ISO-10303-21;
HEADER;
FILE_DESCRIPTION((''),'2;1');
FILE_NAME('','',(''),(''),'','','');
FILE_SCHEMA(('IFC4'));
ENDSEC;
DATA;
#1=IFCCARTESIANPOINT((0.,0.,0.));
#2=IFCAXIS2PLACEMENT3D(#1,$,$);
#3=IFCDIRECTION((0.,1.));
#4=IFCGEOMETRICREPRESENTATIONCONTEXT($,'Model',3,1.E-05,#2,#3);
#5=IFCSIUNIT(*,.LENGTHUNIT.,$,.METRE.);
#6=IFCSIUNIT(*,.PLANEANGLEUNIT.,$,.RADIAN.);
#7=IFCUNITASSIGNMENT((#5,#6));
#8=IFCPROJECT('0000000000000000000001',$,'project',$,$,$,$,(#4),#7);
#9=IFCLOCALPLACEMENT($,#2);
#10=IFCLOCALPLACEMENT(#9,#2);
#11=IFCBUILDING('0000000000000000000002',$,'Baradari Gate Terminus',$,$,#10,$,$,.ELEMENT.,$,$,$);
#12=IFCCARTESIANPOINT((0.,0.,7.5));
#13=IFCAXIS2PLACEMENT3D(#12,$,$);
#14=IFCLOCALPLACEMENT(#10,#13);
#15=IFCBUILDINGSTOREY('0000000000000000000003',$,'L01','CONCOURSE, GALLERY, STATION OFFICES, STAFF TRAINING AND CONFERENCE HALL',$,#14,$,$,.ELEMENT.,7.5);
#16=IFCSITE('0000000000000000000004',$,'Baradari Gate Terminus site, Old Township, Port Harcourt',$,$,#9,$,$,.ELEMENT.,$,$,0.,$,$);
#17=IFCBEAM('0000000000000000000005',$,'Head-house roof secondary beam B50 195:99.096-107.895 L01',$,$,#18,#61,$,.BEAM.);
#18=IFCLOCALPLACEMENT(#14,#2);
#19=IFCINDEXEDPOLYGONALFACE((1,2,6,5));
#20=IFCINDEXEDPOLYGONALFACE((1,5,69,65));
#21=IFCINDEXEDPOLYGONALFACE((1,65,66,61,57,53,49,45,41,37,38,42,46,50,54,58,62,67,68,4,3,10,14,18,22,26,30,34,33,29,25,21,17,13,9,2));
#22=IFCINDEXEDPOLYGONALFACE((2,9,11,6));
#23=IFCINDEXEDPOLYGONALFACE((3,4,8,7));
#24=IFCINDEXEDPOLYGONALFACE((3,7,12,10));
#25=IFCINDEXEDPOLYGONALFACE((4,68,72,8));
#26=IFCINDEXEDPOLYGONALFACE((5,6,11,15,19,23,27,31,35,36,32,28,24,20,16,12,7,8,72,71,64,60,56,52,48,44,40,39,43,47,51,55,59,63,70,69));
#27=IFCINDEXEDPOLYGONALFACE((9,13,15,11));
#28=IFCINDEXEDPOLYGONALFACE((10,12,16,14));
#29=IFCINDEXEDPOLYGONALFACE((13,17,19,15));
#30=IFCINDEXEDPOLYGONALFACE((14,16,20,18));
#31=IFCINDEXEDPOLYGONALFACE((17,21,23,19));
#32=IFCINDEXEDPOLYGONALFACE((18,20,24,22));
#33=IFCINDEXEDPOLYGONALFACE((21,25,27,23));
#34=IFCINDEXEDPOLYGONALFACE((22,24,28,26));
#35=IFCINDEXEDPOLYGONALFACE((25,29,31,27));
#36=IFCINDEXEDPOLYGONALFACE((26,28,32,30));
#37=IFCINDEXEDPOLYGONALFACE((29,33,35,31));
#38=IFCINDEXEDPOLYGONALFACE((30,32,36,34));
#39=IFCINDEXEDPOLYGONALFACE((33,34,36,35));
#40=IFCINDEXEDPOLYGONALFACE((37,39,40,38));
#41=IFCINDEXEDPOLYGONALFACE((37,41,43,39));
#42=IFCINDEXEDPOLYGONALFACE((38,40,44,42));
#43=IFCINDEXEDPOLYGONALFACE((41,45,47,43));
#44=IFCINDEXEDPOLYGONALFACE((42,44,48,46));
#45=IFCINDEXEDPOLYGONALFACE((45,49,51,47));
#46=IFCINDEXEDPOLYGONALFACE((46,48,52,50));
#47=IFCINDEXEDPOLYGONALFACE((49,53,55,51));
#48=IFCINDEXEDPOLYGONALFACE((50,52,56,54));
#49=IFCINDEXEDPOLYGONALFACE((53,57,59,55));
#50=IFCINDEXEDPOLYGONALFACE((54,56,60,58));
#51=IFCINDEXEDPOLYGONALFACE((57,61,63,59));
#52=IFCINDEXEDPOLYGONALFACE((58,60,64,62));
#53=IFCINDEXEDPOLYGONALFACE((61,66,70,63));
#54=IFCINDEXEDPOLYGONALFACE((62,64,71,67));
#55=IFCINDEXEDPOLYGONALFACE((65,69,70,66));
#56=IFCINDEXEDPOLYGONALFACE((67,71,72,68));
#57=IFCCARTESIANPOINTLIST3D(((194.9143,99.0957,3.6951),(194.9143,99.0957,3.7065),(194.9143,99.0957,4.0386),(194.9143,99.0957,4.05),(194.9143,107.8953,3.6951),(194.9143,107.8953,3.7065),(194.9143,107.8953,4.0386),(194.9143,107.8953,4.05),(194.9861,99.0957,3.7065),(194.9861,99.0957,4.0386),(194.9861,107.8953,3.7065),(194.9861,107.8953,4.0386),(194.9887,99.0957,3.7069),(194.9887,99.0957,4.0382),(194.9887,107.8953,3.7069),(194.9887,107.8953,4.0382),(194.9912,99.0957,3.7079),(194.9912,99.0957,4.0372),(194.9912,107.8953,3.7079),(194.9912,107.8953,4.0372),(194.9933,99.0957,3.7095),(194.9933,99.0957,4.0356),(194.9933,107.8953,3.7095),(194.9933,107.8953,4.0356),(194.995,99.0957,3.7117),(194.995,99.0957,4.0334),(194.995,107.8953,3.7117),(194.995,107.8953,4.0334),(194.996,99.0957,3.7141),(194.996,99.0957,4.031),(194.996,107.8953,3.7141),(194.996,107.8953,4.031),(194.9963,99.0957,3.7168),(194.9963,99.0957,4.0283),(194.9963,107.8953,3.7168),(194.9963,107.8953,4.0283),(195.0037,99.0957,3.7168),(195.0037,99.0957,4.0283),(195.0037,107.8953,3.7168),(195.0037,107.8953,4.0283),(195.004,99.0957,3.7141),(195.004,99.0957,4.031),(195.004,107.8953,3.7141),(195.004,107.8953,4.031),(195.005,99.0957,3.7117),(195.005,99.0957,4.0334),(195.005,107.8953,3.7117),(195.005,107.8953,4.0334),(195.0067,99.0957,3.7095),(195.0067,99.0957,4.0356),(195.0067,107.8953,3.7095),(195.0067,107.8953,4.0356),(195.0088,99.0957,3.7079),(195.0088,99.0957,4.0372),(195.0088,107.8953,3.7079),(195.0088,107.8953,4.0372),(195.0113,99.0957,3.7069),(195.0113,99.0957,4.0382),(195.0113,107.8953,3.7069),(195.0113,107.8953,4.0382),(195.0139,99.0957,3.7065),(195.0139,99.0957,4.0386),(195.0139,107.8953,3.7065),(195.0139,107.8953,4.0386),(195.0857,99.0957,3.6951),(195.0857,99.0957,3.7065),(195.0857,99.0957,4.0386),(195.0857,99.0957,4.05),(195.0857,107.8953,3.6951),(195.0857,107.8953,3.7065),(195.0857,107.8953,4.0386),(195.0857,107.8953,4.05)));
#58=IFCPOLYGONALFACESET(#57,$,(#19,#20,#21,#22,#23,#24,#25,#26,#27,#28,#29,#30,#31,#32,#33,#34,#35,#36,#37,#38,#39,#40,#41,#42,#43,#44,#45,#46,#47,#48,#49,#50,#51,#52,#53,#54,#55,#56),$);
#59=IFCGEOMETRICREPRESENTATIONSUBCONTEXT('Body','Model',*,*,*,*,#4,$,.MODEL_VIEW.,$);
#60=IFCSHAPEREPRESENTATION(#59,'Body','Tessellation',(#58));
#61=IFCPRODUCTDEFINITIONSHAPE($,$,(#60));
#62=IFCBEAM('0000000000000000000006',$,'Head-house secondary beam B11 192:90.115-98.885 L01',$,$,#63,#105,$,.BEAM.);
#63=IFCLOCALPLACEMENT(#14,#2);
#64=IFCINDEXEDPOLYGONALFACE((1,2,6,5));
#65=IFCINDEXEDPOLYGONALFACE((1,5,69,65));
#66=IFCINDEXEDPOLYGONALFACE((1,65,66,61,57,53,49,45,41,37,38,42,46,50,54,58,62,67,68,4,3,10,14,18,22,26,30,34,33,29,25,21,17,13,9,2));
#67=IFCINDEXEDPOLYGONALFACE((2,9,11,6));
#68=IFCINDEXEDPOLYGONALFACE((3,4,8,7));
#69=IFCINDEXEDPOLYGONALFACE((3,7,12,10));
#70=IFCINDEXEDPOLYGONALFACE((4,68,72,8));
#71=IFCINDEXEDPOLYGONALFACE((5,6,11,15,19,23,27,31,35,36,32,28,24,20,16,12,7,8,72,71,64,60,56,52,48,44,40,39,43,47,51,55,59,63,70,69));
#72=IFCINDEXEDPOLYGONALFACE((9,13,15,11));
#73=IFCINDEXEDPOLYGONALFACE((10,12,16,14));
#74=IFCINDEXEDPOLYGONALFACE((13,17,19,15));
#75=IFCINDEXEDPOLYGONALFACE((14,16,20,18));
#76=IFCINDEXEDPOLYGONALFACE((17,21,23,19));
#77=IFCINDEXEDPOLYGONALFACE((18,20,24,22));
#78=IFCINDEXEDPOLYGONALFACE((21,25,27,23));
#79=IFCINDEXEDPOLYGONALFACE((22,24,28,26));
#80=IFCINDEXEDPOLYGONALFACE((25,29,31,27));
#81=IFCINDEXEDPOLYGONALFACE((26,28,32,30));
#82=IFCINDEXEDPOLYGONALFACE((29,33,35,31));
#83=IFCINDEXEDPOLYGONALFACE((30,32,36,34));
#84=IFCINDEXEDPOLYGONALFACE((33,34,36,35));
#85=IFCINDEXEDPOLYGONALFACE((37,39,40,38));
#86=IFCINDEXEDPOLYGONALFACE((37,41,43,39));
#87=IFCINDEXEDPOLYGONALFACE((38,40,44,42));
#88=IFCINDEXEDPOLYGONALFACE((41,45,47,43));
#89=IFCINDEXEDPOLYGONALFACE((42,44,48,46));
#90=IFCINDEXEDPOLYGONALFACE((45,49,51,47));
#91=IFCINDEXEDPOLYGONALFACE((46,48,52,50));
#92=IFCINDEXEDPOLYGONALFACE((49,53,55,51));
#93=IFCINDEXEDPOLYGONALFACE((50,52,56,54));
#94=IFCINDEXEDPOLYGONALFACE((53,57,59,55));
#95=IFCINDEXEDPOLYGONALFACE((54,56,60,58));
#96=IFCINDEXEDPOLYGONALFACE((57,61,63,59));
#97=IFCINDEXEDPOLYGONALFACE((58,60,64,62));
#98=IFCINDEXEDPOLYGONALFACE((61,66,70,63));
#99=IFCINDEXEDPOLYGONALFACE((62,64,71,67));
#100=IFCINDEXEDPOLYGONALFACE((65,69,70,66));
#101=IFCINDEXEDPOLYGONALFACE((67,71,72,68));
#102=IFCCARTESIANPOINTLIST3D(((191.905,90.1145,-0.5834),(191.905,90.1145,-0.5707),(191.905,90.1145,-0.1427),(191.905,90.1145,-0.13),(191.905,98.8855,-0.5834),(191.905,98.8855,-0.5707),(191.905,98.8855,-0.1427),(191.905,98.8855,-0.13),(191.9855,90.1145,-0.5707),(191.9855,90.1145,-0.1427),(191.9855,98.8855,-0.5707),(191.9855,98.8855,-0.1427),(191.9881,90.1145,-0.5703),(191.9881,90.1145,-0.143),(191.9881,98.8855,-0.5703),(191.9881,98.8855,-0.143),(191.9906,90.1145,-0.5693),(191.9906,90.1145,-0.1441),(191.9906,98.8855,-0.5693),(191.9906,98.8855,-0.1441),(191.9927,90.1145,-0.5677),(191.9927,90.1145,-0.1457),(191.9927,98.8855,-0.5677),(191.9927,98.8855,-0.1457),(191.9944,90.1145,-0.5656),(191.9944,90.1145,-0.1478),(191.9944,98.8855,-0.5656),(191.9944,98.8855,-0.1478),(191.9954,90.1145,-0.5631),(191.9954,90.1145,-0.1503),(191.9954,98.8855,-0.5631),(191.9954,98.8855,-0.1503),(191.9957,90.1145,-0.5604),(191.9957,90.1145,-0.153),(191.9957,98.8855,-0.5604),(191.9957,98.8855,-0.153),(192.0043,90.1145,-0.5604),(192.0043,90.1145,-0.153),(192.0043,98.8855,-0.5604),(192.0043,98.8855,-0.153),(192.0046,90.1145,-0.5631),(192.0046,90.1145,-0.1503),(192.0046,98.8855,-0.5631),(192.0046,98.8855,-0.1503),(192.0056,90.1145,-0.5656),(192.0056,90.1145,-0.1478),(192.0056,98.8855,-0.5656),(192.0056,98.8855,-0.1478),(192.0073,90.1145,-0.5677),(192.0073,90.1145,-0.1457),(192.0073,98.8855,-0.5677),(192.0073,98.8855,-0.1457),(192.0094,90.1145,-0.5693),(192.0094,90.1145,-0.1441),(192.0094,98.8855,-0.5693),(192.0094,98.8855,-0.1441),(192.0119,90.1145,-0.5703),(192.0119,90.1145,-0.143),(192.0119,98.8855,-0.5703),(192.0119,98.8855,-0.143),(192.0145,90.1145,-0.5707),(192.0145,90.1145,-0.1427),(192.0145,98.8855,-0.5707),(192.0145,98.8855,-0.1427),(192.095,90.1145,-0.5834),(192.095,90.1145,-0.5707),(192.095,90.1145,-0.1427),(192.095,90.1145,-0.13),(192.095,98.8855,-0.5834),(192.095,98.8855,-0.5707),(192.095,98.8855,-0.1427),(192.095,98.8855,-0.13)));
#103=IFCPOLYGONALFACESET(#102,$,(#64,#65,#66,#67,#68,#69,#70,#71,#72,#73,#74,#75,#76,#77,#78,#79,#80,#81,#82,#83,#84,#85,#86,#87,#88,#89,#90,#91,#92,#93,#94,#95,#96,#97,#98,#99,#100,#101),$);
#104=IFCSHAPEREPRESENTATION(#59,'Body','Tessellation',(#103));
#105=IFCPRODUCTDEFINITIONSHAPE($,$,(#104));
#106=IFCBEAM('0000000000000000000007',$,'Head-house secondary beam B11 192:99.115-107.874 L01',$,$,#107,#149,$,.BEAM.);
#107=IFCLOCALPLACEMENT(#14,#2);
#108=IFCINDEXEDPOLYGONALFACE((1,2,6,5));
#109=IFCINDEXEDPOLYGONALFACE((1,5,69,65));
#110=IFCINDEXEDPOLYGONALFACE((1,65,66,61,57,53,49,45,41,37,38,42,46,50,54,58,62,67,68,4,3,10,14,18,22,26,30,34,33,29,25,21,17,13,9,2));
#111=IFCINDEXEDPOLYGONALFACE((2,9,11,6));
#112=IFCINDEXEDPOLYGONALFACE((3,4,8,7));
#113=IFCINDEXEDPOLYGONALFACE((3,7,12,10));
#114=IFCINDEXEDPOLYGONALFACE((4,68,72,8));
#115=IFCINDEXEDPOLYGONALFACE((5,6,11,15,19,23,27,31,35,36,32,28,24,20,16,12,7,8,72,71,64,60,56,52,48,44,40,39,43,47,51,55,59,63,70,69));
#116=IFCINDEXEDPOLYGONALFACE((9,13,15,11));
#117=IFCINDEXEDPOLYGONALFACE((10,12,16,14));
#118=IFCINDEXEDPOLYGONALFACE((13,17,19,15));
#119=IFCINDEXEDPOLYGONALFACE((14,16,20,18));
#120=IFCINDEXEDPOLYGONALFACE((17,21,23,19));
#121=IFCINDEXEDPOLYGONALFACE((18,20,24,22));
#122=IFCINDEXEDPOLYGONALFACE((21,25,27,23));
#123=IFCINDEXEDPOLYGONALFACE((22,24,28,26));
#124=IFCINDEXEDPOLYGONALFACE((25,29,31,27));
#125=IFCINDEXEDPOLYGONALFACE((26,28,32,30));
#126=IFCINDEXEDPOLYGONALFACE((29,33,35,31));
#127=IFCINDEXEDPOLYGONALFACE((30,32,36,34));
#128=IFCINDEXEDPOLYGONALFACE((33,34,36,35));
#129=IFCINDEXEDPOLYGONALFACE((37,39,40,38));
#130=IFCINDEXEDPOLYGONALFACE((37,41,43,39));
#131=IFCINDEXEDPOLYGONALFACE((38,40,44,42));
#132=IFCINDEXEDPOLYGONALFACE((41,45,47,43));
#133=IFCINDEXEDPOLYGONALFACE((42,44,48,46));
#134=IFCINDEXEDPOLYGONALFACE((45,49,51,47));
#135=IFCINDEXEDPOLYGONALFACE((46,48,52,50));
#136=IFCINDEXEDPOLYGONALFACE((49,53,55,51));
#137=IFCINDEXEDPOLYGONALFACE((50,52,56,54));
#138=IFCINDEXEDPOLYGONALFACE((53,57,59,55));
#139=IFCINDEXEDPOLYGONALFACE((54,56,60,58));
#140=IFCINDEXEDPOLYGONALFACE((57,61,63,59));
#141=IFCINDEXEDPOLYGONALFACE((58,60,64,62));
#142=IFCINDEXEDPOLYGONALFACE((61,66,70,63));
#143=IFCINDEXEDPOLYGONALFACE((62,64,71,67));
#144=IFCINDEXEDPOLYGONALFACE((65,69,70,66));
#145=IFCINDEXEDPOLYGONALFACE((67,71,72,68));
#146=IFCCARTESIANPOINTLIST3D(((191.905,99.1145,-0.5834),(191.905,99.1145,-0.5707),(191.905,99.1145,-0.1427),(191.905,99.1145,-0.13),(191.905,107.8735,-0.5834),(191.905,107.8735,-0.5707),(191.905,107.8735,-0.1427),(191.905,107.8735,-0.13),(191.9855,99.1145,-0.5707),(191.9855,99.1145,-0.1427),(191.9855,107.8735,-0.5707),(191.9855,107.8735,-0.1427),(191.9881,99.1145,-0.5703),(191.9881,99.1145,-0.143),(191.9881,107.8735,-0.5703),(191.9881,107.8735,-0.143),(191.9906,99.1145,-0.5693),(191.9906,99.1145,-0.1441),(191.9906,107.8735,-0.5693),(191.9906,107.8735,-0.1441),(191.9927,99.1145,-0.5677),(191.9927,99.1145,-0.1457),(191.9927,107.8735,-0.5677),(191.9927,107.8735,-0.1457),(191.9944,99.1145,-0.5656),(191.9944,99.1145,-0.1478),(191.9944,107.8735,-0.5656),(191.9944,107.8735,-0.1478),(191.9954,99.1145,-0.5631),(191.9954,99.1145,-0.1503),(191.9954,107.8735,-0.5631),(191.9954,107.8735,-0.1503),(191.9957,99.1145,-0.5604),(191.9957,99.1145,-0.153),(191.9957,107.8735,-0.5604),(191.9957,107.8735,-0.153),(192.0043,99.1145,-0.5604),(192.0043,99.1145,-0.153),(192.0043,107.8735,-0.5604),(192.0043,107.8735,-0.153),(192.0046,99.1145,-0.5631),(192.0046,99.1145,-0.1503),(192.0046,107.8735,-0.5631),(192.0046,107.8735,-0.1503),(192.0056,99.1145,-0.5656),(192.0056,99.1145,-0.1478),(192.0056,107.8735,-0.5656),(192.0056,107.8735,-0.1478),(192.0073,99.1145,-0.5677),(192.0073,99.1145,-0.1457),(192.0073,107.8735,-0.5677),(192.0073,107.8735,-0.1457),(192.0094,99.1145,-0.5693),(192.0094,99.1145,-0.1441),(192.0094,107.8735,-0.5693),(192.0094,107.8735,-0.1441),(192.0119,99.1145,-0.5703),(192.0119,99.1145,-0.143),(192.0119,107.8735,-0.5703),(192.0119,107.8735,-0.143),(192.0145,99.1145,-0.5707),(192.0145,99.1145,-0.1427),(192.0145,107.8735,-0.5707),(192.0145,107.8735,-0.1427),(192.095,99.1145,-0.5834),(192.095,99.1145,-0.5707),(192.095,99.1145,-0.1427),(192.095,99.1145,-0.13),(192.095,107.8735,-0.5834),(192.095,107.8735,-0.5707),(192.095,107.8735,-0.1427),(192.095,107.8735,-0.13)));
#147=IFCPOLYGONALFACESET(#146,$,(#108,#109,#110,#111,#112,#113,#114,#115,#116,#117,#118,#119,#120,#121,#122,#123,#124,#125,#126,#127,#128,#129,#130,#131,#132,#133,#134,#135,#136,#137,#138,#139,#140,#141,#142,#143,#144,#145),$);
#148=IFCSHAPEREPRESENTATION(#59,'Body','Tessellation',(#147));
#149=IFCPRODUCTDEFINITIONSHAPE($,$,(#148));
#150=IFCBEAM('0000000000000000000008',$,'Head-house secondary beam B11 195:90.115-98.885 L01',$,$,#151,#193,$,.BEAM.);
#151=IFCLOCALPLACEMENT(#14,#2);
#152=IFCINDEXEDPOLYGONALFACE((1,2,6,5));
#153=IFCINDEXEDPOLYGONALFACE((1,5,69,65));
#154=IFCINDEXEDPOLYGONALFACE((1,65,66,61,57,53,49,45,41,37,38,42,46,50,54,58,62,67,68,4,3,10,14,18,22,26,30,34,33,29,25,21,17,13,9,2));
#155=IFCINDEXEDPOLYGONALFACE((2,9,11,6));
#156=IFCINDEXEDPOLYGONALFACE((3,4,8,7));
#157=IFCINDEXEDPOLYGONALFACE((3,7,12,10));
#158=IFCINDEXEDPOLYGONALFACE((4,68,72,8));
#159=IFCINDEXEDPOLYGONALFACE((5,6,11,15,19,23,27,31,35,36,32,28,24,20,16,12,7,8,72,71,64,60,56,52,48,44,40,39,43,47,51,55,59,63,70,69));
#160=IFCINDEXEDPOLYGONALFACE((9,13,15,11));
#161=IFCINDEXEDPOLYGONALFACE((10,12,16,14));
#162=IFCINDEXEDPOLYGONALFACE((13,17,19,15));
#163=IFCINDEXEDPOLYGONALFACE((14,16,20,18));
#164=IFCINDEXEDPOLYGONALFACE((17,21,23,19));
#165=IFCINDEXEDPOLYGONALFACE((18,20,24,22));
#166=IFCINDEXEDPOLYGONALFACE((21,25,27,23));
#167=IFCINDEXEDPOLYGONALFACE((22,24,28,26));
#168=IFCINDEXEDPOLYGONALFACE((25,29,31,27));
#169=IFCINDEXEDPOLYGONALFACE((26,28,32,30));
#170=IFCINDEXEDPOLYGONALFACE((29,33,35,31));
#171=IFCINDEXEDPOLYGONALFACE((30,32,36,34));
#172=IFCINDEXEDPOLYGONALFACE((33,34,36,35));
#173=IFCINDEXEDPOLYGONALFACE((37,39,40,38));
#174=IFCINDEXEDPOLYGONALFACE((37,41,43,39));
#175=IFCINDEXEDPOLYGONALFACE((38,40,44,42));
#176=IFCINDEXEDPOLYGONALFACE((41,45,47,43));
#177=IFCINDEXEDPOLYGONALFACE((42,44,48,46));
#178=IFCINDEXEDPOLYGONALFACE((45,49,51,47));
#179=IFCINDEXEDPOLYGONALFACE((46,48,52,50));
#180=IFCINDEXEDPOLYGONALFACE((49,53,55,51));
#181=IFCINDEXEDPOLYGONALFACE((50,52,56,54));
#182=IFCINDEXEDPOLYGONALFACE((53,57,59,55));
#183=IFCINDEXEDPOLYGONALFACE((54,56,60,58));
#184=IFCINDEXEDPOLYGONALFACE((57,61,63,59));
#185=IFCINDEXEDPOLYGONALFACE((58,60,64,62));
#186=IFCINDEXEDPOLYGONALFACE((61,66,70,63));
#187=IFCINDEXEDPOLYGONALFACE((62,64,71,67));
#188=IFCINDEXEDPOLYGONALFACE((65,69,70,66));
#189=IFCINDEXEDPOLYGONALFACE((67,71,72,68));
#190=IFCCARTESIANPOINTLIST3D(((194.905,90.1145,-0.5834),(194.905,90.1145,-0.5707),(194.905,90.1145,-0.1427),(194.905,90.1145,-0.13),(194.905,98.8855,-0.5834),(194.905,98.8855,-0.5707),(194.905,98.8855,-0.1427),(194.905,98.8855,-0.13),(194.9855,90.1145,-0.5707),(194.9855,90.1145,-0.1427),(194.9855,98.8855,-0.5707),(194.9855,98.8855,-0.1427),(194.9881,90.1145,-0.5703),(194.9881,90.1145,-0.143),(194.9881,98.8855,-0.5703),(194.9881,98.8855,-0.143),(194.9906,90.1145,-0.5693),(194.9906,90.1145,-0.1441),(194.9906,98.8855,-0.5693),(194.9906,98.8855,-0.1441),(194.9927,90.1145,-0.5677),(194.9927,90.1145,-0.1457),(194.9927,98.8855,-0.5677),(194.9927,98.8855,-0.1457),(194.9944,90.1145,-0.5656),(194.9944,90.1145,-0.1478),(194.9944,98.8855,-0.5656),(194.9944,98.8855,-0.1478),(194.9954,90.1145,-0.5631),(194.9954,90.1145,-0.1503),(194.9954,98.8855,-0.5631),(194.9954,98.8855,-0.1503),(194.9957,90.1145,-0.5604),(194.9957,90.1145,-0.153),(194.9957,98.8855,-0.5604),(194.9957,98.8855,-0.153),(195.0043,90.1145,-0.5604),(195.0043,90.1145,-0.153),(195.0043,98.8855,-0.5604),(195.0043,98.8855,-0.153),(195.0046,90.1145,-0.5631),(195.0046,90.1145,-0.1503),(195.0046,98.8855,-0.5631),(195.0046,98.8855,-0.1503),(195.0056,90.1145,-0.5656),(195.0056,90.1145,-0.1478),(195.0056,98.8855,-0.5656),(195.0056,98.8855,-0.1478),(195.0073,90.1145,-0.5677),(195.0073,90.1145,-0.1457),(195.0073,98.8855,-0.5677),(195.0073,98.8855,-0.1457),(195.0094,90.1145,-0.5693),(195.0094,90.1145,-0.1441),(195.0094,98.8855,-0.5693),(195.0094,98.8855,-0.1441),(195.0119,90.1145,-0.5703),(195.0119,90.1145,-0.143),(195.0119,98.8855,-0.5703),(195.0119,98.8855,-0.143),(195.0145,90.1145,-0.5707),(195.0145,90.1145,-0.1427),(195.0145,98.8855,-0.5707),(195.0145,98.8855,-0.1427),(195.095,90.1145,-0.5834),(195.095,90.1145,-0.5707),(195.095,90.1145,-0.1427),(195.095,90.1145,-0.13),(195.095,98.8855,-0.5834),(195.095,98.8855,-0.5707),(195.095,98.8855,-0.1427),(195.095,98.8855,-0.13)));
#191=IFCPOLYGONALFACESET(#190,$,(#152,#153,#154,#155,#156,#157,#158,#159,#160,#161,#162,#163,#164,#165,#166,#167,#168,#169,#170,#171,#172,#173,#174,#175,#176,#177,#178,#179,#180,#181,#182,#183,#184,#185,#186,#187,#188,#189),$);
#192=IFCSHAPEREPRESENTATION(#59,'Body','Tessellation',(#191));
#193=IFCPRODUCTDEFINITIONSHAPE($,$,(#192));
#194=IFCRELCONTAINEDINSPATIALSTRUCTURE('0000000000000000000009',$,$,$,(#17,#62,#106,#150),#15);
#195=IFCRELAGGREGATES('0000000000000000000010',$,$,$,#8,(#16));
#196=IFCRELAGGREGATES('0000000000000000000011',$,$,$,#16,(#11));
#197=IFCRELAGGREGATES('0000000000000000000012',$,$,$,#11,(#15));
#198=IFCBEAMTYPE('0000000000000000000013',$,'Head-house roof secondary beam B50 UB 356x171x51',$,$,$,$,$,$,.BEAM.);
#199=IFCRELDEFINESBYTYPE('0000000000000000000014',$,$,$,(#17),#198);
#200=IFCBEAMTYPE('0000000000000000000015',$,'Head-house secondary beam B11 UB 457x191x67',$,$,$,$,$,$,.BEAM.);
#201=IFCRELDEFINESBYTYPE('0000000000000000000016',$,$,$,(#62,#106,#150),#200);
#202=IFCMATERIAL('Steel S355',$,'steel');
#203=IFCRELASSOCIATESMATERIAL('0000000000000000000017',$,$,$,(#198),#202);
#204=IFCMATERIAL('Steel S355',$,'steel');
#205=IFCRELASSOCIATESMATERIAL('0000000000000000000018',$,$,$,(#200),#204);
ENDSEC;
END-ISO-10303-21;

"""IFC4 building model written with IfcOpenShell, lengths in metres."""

from ifc_helpers import new_model, si_unit, direction, frame, origin, origin_2d, place, context, subcontext, project, spatial, i_section, extrude, material, material_profile, profile_set, type_object, element, save


model = new_model("IFC4")

# Units and contexts
model_context = context("Model", 3, precision=1e-05, world=origin(), true_north=direction((0.0, 1.0)))
body_context = subcontext(model_context, "Body", "Model", "MODEL_VIEW")
ifc_project = project(units=[si_unit("LENGTHUNIT", "METRE"), si_unit("PLANEANGLEUNIT", "RADIAN")], contexts=[model_context])

# Site, building, storey
site_placement = place(None, origin())
site = spatial("IfcSite", under=ifc_project, at=site_placement, Name="Baradari Gate Terminus site, Old Township, Port Harcourt", CompositionType="ELEMENT", RefElevation=0.0)
building_placement = place(site_placement, origin())
building = spatial("IfcBuilding", under=site, at=building_placement, Name="Baradari Gate Terminus", CompositionType="ELEMENT")
storey_placement = place(building_placement, frame((0.0, 0.0, 7.5)))
storey = spatial("IfcBuildingStorey", under=building, at=storey_placement, Name="L01", Description="CONCOURSE, GALLERY, STATION OFFICES, STAFF TRAINING AND CONFERENCE HALL", CompositionType="ELEMENT", Elevation=7.5)

# Beams
ifc_material_1 = material(Name="Steel S355", Category="steel")
ifc_material_profile_1 = material_profile(ifc_material_1, i_section(OverallWidth=0.1714, OverallDepth=0.355, WebThickness=0.0073, FlangeThickness=0.0115, FilletRadius=0.0103, at=origin_2d()), Name="UB 356x171x51")
ifc_profile_set_1 = profile_set([ifc_material_profile_1], Name="Steel S355")
beam_type_1 = type_object("IfcBeamType", Name="Head-house roof secondary beam B50 UB 356x171x51", PredefinedType="BEAM", material=ifc_profile_set_1)
for number, where, z_axis, x_axis, name in (
    (1, (195.0, 99.0957, 3.8726), (0.0, 1.0, 0.0), (-1.0, 0.0, 0.0), "Head-house roof secondary beam B50 195:99.096-107.895 L01"),
):
    element("IfcBeam", number, at=place(storey_placement, frame(where, z_axis=z_axis, x_axis=x_axis)), inside=storey, type_object=beam_type_1, Name=name, PredefinedType="BEAM", context=body_context, shape_type="SweptSolid", body=[
        extrude(i_section(OverallWidth=0.1714, OverallDepth=0.355, WebThickness=0.0073, FlangeThickness=0.0115, FilletRadius=0.0103, at=origin_2d()), origin(), (0.0, 0.0, 1.0), 8.7996),
    ])
ifc_material_2 = material(Name="Steel S355", Category="steel")
ifc_material_profile_2 = material_profile(ifc_material_2, i_section(OverallWidth=0.1899, OverallDepth=0.4534, WebThickness=0.0085, FlangeThickness=0.0127, FilletRadius=0.0103, at=origin_2d()), Name="UB 457x191x67")
ifc_profile_set_2 = profile_set([ifc_material_profile_2], Name="Steel S355")
beam_type_2 = type_object("IfcBeamType", Name="Head-house secondary beam B11 UB 457x191x67", PredefinedType="BEAM", material=ifc_profile_set_2)
beam_1_placement = place(storey_placement, frame((192.0, 90.1145, -0.3567), z_axis=(0.0, 1.0, 0.0), x_axis=(-1.0, 0.0, 0.0)))
element("IfcBeam", 2, at=beam_1_placement, inside=storey, type_object=beam_type_2, Name="Head-house secondary beam B11 192:90.115-98.885 L01", PredefinedType="BEAM", context=body_context, shape_type="SweptSolid", body=[
    extrude(i_section(OverallWidth=0.1899, OverallDepth=0.4534, WebThickness=0.0085, FlangeThickness=0.0127, FilletRadius=0.0103, at=origin_2d()), origin(), (0.0, 0.0, 1.0), 8.771),
])
beam_2_placement = place(storey_placement, frame((192.0, 99.1145, -0.3567), z_axis=(0.0, 1.0, 0.0), x_axis=(-1.0, 0.0, 0.0)))
element("IfcBeam", 3, at=beam_2_placement, inside=storey, type_object=beam_type_2, Name="Head-house secondary beam B11 192:99.115-107.874 L01", PredefinedType="BEAM", context=body_context, shape_type="SweptSolid", body=[
    extrude(i_section(OverallWidth=0.1899, OverallDepth=0.4534, WebThickness=0.0085, FlangeThickness=0.0127, FilletRadius=0.0103, at=origin_2d()), origin(), (0.0, 0.0, 1.0), 8.759),
])
beam_3_placement = place(storey_placement, frame((195.0, 90.1145, -0.3567), z_axis=(0.0, 1.0, 0.0), x_axis=(-1.0, 0.0, 0.0)))
element("IfcBeam", 4, at=beam_3_placement, inside=storey, type_object=beam_type_2, Name="Head-house secondary beam B11 195:90.115-98.885 L01", PredefinedType="BEAM", context=body_context, shape_type="SweptSolid", body=[
    extrude(i_section(OverallWidth=0.1899, OverallDepth=0.4534, WebThickness=0.0085, FlangeThickness=0.0127, FilletRadius=0.0103, at=origin_2d()), origin(), (0.0, 0.0, 1.0), 8.771),
])

save(model, "model.ifc")
